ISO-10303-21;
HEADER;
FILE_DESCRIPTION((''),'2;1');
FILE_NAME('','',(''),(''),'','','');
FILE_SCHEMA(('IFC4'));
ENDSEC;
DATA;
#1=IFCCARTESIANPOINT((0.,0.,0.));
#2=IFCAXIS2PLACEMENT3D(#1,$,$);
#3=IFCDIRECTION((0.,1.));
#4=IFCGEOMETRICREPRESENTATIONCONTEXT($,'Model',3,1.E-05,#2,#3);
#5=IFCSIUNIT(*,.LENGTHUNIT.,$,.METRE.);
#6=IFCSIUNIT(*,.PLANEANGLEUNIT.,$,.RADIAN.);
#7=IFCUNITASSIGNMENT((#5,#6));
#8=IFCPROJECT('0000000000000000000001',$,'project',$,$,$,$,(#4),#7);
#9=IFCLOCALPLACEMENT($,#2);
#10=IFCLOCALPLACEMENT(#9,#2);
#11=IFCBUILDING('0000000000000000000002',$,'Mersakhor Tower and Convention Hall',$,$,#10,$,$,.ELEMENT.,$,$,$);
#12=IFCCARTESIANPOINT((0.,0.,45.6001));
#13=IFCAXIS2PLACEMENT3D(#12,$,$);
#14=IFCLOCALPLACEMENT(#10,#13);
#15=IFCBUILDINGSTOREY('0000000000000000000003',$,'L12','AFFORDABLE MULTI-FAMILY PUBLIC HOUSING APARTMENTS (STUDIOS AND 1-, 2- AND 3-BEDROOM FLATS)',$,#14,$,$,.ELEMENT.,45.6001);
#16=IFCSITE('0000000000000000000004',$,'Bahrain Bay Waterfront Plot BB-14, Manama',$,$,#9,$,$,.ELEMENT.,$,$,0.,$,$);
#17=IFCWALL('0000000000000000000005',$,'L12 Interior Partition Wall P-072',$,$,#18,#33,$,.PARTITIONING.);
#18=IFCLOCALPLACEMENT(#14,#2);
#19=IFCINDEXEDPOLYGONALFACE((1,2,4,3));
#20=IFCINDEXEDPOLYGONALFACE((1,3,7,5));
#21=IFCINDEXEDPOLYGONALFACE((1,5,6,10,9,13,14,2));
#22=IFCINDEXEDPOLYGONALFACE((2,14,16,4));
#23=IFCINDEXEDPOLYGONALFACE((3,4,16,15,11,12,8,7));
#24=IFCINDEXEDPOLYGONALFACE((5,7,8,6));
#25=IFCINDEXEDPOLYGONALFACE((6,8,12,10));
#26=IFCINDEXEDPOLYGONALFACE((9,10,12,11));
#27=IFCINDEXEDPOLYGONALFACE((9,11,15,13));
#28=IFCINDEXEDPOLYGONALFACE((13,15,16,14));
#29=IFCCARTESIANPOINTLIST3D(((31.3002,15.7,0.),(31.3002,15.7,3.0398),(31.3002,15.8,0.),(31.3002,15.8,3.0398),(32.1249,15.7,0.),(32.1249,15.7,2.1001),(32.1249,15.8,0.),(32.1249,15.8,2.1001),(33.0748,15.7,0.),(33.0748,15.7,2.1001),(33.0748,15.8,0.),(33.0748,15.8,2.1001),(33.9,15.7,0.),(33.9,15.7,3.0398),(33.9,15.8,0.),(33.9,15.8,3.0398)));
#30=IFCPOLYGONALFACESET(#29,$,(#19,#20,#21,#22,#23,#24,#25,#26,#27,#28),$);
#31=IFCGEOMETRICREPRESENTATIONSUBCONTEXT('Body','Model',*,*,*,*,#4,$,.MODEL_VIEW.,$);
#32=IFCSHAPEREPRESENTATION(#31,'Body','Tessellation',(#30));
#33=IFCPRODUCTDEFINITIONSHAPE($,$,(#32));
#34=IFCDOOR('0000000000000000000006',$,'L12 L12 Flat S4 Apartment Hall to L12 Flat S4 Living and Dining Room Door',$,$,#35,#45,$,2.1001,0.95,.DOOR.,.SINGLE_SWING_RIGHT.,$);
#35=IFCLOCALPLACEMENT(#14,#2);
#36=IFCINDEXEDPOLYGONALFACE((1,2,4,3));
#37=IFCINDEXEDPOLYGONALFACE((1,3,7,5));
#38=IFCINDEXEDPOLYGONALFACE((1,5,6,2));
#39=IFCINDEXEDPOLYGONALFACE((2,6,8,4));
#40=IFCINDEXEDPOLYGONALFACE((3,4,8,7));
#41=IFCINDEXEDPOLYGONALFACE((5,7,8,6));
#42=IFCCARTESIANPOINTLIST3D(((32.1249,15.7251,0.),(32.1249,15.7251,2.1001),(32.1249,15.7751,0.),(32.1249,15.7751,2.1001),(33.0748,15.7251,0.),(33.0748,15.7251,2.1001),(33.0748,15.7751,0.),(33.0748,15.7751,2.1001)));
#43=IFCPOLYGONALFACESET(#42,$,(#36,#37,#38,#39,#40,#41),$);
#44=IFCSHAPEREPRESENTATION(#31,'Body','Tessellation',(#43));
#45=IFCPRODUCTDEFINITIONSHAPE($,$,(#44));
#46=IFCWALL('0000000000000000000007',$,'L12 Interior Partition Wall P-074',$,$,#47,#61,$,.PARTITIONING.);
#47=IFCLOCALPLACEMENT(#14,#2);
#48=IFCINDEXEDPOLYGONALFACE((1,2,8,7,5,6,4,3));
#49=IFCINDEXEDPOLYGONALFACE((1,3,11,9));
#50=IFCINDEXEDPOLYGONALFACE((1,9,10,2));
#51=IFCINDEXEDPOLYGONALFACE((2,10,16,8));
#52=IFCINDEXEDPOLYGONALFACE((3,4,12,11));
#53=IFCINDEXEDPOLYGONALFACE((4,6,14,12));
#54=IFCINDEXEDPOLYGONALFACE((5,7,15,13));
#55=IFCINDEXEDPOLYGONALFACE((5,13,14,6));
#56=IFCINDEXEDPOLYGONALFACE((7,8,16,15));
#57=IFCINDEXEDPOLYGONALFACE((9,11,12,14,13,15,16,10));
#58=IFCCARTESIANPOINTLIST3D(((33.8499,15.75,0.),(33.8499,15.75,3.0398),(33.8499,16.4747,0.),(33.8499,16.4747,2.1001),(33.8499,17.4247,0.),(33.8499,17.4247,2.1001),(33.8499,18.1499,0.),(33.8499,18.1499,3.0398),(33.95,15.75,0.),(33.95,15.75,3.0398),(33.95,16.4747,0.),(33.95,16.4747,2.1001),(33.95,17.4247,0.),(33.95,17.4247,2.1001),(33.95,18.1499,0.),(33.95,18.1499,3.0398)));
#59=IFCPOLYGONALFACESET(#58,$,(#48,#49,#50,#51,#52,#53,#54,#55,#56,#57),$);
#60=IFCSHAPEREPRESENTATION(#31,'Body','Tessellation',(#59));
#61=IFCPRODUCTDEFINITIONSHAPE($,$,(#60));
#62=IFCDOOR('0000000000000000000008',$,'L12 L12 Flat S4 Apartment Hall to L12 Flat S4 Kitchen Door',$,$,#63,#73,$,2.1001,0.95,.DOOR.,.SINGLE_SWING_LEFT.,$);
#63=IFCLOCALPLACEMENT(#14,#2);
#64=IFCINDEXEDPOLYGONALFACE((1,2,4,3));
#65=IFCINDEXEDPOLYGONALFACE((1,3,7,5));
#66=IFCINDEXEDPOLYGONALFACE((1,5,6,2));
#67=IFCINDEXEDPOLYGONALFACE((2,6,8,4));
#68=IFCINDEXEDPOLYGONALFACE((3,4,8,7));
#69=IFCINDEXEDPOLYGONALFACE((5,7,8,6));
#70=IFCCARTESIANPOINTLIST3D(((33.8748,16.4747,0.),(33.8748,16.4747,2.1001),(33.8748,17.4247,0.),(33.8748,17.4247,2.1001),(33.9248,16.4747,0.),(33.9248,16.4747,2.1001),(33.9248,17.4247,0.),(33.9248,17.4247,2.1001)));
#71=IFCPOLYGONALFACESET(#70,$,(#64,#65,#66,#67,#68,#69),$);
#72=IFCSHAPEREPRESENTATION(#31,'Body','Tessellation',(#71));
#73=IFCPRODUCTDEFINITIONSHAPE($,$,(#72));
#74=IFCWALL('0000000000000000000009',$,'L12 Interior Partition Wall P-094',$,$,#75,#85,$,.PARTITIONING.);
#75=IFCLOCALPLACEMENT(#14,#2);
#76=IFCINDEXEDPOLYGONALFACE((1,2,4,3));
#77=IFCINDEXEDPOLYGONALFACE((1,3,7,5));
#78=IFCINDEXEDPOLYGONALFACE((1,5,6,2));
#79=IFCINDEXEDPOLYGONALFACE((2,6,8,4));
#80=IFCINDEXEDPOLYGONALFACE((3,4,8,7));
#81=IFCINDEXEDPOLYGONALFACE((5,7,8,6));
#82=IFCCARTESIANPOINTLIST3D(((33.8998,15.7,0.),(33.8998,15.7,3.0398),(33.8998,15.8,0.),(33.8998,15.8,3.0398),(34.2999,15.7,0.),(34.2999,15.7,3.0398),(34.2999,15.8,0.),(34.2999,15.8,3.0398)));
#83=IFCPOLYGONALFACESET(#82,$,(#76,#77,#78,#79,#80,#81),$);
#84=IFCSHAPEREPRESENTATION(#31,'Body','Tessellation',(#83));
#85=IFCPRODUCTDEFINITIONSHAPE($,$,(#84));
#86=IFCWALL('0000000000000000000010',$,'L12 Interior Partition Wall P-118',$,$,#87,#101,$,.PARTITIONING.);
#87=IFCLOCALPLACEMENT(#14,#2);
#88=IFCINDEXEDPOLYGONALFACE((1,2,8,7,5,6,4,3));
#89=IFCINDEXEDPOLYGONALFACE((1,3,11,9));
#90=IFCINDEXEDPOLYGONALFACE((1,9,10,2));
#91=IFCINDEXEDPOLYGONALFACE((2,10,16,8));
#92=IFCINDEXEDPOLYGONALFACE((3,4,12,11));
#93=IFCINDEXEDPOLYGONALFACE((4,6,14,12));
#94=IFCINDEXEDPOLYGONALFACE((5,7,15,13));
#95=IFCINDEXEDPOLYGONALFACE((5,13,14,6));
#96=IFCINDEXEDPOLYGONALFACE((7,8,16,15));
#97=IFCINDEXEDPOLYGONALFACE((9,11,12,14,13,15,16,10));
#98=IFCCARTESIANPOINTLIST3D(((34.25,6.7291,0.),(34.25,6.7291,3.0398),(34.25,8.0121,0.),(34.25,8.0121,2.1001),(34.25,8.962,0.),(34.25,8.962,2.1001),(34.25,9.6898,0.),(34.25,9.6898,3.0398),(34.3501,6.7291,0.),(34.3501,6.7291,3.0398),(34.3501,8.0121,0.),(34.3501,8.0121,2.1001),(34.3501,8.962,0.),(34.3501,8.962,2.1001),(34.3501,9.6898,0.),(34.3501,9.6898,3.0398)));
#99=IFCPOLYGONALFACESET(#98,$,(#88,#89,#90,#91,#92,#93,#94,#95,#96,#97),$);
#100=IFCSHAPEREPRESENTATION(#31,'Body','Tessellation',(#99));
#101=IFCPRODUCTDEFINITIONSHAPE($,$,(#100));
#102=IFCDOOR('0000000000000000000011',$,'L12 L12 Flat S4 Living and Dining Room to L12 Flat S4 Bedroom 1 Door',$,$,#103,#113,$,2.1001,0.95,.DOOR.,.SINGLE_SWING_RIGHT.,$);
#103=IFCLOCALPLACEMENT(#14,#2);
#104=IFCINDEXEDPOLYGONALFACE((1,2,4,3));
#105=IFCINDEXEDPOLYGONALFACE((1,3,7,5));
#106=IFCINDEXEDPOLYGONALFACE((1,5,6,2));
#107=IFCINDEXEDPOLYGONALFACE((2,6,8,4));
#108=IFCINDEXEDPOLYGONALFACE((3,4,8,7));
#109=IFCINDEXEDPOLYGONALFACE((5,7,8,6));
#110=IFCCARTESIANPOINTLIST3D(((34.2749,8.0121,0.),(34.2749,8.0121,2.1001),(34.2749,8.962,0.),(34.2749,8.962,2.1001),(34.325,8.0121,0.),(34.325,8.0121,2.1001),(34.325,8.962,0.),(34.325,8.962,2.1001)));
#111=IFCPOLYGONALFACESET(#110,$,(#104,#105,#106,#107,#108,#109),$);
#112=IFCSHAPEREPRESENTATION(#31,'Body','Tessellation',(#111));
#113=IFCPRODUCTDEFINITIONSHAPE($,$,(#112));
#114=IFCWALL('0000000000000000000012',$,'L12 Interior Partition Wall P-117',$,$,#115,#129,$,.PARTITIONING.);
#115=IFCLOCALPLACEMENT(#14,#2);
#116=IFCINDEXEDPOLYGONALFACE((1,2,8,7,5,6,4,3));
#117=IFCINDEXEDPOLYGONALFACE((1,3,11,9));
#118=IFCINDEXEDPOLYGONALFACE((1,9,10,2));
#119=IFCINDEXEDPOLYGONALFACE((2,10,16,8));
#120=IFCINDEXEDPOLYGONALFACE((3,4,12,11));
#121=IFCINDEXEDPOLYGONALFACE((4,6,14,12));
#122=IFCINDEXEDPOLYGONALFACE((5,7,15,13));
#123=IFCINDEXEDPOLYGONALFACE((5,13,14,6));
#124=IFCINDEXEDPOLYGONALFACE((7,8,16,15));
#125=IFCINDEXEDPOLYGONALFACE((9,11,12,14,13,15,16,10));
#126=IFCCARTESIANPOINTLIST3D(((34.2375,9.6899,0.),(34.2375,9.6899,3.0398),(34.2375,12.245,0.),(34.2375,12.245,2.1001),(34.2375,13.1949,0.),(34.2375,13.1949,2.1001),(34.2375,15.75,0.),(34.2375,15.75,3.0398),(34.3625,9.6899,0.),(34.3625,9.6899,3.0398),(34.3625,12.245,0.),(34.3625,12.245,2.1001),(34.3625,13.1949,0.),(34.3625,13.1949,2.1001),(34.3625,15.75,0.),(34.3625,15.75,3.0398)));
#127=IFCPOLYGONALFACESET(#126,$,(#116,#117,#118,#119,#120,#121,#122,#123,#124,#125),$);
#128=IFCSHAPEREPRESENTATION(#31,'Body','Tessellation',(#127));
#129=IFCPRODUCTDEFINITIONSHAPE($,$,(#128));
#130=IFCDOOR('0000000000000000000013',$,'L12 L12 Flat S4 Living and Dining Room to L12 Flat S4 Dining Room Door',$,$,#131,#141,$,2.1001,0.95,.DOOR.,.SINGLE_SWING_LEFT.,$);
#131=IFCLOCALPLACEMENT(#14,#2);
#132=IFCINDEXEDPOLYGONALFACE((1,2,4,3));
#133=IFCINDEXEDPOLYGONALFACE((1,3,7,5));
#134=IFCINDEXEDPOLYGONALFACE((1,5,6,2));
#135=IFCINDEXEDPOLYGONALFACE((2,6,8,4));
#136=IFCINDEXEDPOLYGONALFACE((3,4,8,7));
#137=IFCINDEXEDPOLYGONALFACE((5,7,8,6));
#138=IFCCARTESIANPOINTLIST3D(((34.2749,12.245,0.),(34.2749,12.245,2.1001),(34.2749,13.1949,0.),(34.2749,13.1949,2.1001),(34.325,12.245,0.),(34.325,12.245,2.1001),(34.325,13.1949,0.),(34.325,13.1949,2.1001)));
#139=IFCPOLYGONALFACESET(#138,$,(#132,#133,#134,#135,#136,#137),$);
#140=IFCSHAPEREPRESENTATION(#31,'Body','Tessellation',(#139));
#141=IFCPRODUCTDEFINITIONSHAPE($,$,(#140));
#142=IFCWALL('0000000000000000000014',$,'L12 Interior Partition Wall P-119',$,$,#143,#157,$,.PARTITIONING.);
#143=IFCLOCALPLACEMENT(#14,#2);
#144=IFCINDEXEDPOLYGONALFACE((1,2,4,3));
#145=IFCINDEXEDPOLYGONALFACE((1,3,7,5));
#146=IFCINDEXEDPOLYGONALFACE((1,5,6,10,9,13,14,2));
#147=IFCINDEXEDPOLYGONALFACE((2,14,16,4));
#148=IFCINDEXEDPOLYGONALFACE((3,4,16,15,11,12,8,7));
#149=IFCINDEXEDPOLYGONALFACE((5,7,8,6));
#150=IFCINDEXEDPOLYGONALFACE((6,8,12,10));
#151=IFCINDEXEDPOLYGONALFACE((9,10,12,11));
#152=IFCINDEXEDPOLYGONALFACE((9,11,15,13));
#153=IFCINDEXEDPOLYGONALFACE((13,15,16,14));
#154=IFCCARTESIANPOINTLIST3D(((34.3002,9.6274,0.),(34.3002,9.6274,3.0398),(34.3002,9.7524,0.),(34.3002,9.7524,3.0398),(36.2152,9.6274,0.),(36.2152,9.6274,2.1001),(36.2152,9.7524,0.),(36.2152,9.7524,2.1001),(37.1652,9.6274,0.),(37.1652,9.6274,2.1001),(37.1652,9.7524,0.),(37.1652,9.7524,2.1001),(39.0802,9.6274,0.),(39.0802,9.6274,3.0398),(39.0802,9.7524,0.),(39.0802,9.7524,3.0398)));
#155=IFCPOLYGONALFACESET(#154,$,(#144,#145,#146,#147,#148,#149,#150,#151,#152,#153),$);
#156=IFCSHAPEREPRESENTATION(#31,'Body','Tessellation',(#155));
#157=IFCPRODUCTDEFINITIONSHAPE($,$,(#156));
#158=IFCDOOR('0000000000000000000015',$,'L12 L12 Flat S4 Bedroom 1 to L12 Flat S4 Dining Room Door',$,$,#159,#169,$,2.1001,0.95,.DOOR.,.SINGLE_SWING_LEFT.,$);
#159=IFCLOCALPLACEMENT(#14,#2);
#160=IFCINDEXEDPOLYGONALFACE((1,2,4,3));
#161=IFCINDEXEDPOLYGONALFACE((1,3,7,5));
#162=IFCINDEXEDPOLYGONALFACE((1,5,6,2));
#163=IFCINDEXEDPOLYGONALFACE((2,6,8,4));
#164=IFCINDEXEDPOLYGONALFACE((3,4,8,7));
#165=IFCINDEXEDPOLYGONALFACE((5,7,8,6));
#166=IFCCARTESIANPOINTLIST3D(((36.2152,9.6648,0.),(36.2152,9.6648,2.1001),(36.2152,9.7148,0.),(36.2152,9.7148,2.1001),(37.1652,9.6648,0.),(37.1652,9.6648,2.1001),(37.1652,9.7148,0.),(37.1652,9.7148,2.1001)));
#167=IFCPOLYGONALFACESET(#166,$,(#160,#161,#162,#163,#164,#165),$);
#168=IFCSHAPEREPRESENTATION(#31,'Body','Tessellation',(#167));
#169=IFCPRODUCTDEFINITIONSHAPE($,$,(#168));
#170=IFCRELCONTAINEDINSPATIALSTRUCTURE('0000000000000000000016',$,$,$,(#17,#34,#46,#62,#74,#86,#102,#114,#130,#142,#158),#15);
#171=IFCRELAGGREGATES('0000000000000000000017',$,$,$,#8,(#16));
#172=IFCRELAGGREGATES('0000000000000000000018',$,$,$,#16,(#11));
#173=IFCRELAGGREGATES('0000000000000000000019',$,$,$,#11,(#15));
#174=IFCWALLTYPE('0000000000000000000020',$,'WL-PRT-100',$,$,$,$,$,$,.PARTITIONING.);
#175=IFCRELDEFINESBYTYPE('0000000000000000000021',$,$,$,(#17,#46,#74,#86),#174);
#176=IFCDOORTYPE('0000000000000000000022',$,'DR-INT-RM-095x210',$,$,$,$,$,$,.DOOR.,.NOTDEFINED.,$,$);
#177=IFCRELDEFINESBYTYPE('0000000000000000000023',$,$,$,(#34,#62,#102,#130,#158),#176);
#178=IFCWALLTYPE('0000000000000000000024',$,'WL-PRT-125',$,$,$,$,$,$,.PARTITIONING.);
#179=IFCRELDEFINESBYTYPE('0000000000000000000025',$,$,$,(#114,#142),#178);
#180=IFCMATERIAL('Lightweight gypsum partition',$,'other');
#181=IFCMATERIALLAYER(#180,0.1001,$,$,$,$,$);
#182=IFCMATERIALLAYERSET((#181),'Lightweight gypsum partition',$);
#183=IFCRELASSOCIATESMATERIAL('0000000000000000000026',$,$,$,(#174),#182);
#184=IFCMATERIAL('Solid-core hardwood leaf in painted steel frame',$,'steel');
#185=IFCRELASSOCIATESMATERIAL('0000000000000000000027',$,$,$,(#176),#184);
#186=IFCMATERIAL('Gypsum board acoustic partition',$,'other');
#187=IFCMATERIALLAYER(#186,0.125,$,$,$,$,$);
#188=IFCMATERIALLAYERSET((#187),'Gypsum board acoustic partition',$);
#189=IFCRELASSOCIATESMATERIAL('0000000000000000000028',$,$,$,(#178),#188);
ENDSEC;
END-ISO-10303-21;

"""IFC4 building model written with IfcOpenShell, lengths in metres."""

from ifc_helpers import new_model, si_unit, direction, frame, frame_2d, origin, place, context, subcontext, project, spatial, rectangle, extrude, material, layer, layer_set, type_object, element, fill, save


model = new_model("IFC4")

# Units and contexts
model_context = context("Model", 3, precision=1e-05, world=origin(), true_north=direction((0.0, 1.0)))
body_context = subcontext(model_context, "Body", "Model", "MODEL_VIEW")
ifc_project = project(units=[si_unit("LENGTHUNIT", "METRE"), si_unit("PLANEANGLEUNIT", "RADIAN")], contexts=[model_context])

# Site, building, storey
site_placement = place(None, origin())
site = spatial("IfcSite", under=ifc_project, at=site_placement, Name="Bahrain Bay Waterfront Plot BB-14, Manama", CompositionType="ELEMENT", RefElevation=0.0)
building_placement = place(site_placement, origin())
building = spatial("IfcBuilding", under=site, at=building_placement, Name="Mersakhor Tower and Convention Hall", CompositionType="ELEMENT")
storey_placement = place(building_placement, frame((0.0, 0.0, 45.6001)))
storey = spatial("IfcBuildingStorey", under=building, at=storey_placement, Name="L12", Description="AFFORDABLE MULTI-FAMILY PUBLIC HOUSING APARTMENTS (STUDIOS AND 1-, 2- AND 3-BEDROOM FLATS)", CompositionType="ELEMENT", Elevation=45.6001)

# Walls, openings, doors
ifc_material_1 = material(Name="Lightweight gypsum partition", Category="other")
ifc_layer_1 = layer(ifc_material_1, 0.1001)
ifc_layer_set_1 = layer_set([ifc_layer_1], Name="Lightweight gypsum partition")
wall_type_1 = type_object("IfcWallType", Name="WL-PRT-100", PredefinedType="PARTITIONING", material=ifc_layer_set_1)
wall_1_placement = place(storey_placement, frame((33.8999, 15.75, 0.0), z_axis=(0.0, 0.0, 1.0), x_axis=(-1.0, 0.0, 0.0)))
wall_1 = element("IfcWall", 1, at=wall_1_placement, inside=storey, type_object=wall_type_1, Name="L12 Interior Partition Wall P-072", PredefinedType="PARTITIONING", context=body_context, shape_type="SweptSolid", body=[
    extrude(rectangle(XDim=2.5999, YDim=0.1001, at=frame_2d((1.2998, 0.0))), origin(), (0.0, 0.0, 1.0), 3.0398),
])
opening_1_placement = place(wall_1_placement, frame((0.825, 0.0, 0.0)))
opening_1 = element("IfcOpeningElement", 2, at=opening_1_placement, cuts=wall_1, PredefinedType="OPENING", context=body_context, shape_type="SweptSolid", body=[
    extrude(rectangle(XDim=0.95, YDim=2.1001, at=frame_2d((0.4751, 1.05))), frame((0.0, 0.0601, 0.0), z_axis=(0.0, -1.0, 0.0), x_axis=(1.0, 0.0, 0.0)), (0.0, 0.0, 1.0), 0.1201),
])
ifc_material_2 = material(Name="Solid-core hardwood leaf in painted steel frame", Category="steel")
door_type_1 = type_object("IfcDoorType", Name="DR-INT-RM-095x210", OperationType="NOTDEFINED", PredefinedType="DOOR", material=ifc_material_2)
door_1_placement = place(opening_1_placement, origin())
door_1 = element("IfcDoor", 3, at=door_1_placement, inside=storey, type_object=door_type_1, Name="L12 L12 Flat S4 Apartment Hall to L12 Flat S4 Living and Dining Room Door", OperationType="SINGLE_SWING_RIGHT", OverallHeight=2.1001, OverallWidth=0.95, PredefinedType="DOOR", context=body_context, shape_type="SweptSolid", body=[
    extrude(rectangle(XDim=0.95, YDim=2.1001, at=frame_2d((0.4751, 1.05))), frame((0.0, 0.0249, 0.0), z_axis=(0.0, -1.0, 0.0), x_axis=(1.0, 0.0, 0.0)), (0.0, 0.0, 1.0), 0.05),
])
fill(opening_1, door_1)
wall_2_placement = place(storey_placement, frame((33.8999, 18.1499, 0.0), z_axis=(0.0, 0.0, 1.0), x_axis=(0.0, -1.0, 0.0)))
wall_2 = element("IfcWall", 4, at=wall_2_placement, inside=storey, type_object=wall_type_1, Name="L12 Interior Partition Wall P-074", PredefinedType="PARTITIONING", context=body_context, shape_type="SweptSolid", body=[
    extrude(rectangle(XDim=2.3999, YDim=0.1001, at=frame_2d((1.2, 0.0))), origin(), (0.0, 0.0, 1.0), 3.0398),
])
opening_2_placement = place(wall_2_placement, frame((0.7251, 0.0, 0.0)))
opening_2 = element("IfcOpeningElement", 5, at=opening_2_placement, cuts=wall_2, PredefinedType="OPENING", context=body_context, shape_type="SweptSolid", body=[
    extrude(rectangle(XDim=0.95, YDim=2.1001, at=frame_2d((0.4751, 1.05))), frame((0.0, 0.0601, 0.0), z_axis=(0.0, -1.0, 0.0), x_axis=(1.0, 0.0, 0.0)), (0.0, 0.0, 1.0), 0.1201),
])
door_2_placement = place(opening_2_placement, origin())
door_2 = element("IfcDoor", 6, at=door_2_placement, inside=storey, type_object=door_type_1, Name="L12 L12 Flat S4 Apartment Hall to L12 Flat S4 Kitchen Door", OperationType="SINGLE_SWING_LEFT", OverallHeight=2.1001, OverallWidth=0.95, PredefinedType="DOOR", context=body_context, shape_type="SweptSolid", body=[
    extrude(rectangle(XDim=0.95, YDim=2.1001, at=frame_2d((0.4751, 1.05))), frame((0.0, 0.0249, 0.0), z_axis=(0.0, -1.0, 0.0), x_axis=(1.0, 0.0, 0.0)), (0.0, 0.0, 1.0), 0.05),
])
fill(opening_2, door_2)

# Wall
wall_3_placement = place(storey_placement, frame((34.3, 15.75, 0.0), z_axis=(0.0, 0.0, 1.0), x_axis=(-1.0, 0.0, 0.0)))
element("IfcWall", 7, at=wall_3_placement, inside=storey, type_object=wall_type_1, Name="L12 Interior Partition Wall P-094", PredefinedType="PARTITIONING", context=body_context, shape_type="SweptSolid", body=[
    extrude(rectangle(XDim=0.4001, YDim=0.1001, at=frame_2d((0.2002, 0.0))), origin(), (0.0, 0.0, 1.0), 3.0398),
])

# Walls, openings, doors
wall_4_placement = place(storey_placement, frame((34.3, 9.6899, 0.0), z_axis=(0.0, 0.0, 1.0), x_axis=(0.0, -1.0, 0.0)))
wall_4 = element("IfcWall", 8, at=wall_4_placement, inside=storey, type_object=wall_type_1, Name="L12 Interior Partition Wall P-118", PredefinedType="PARTITIONING", context=body_context, shape_type="SweptSolid", body=[
    extrude(rectangle(XDim=2.9607, YDim=0.1001, at=frame_2d((1.4805, 0.0))), origin(), (0.0, 0.0, 1.0), 3.0398),
])
opening_3_placement = place(wall_4_placement, frame((0.7278, 0.0, 0.0)))
opening_3 = element("IfcOpeningElement", 9, at=opening_3_placement, cuts=wall_4, PredefinedType="OPENING", context=body_context, shape_type="SweptSolid", body=[
    extrude(rectangle(XDim=0.95, YDim=2.1001, at=frame_2d((0.4751, 1.05))), frame((0.0, 0.0601, 0.0), z_axis=(0.0, -1.0, 0.0), x_axis=(1.0, 0.0, 0.0)), (0.0, 0.0, 1.0), 0.1201),
])
door_3_placement = place(opening_3_placement, origin())
door_3 = element("IfcDoor", 10, at=door_3_placement, inside=storey, type_object=door_type_1, Name="L12 L12 Flat S4 Living and Dining Room to L12 Flat S4 Bedroom 1 Door", OperationType="SINGLE_SWING_RIGHT", OverallHeight=2.1001, OverallWidth=0.95, PredefinedType="DOOR", context=body_context, shape_type="SweptSolid", body=[
    extrude(rectangle(XDim=0.95, YDim=2.1001, at=frame_2d((0.4751, 1.05))), frame((0.0, 0.0249, 0.0), z_axis=(0.0, -1.0, 0.0), x_axis=(1.0, 0.0, 0.0)), (0.0, 0.0, 1.0), 0.05),
])
fill(opening_3, door_3)
ifc_material_3 = material(Name="Gypsum board acoustic partition", Category="other")
ifc_layer_2 = layer(ifc_material_3, 0.125)
ifc_layer_set_2 = layer_set([ifc_layer_2], Name="Gypsum board acoustic partition")
wall_type_2 = type_object("IfcWallType", Name="WL-PRT-125", PredefinedType="PARTITIONING", material=ifc_layer_set_2)
wall_5_placement = place(storey_placement, frame((34.3, 15.75, 0.0), z_axis=(0.0, 0.0, 1.0), x_axis=(0.0, -1.0, 0.0)))
wall_5 = element("IfcWall", 11, at=wall_5_placement, inside=storey, type_object=wall_type_2, Name="L12 Interior Partition Wall P-117", PredefinedType="PARTITIONING", context=body_context, shape_type="SweptSolid", body=[
    extrude(rectangle(XDim=6.0601, YDim=0.125, at=frame_2d((3.03, 0.0))), origin(), (0.0, 0.0, 1.0), 3.0398),
])
opening_4_placement = place(wall_5_placement, frame((2.5549, 0.0, 0.0)))
opening_4 = element("IfcOpeningElement", 12, at=opening_4_placement, cuts=wall_5, PredefinedType="OPENING", context=body_context, shape_type="SweptSolid", body=[
    extrude(rectangle(XDim=0.95, YDim=2.1001, at=frame_2d((0.4751, 1.05))), frame((0.0, 0.0725, 0.0), z_axis=(0.0, -1.0, 0.0), x_axis=(1.0, 0.0, 0.0)), (0.0, 0.0, 1.0), 0.145),
])
door_4_placement = place(opening_4_placement, origin())
door_4 = element("IfcDoor", 13, at=door_4_placement, inside=storey, type_object=door_type_1, Name="L12 L12 Flat S4 Living and Dining Room to L12 Flat S4 Dining Room Door", OperationType="SINGLE_SWING_LEFT", OverallHeight=2.1001, OverallWidth=0.95, PredefinedType="DOOR", context=body_context, shape_type="SweptSolid", body=[
    extrude(rectangle(XDim=0.95, YDim=2.1001, at=frame_2d((0.4751, 1.05))), frame((0.0, 0.0249, 0.0), z_axis=(0.0, -1.0, 0.0), x_axis=(1.0, 0.0, 0.0)), (0.0, 0.0, 1.0), 0.05),
])
fill(opening_4, door_4)
wall_6_placement = place(storey_placement, frame((34.3, 9.6899, 0.0), z_axis=(0.0, 0.0, 1.0), x_axis=(1.0, 0.0, 0.0)))
wall_6 = element("IfcWall", 14, at=wall_6_placement, inside=storey, type_object=wall_type_2, Name="L12 Interior Partition Wall P-119", PredefinedType="PARTITIONING", context=body_context, shape_type="SweptSolid", body=[
    extrude(rectangle(XDim=4.78, YDim=0.125, at=frame_2d((2.3901, 0.0))), origin(), (0.0, 0.0, 1.0), 3.0398),
])
opening_5_placement = place(wall_6_placement, frame((1.915, 0.0, 0.0)))
opening_5 = element("IfcOpeningElement", 15, at=opening_5_placement, cuts=wall_6, PredefinedType="OPENING", context=body_context, shape_type="SweptSolid", body=[
    extrude(rectangle(XDim=0.95, YDim=2.1001, at=frame_2d((0.4751, 1.05))), frame((0.0, 0.0725, 0.0), z_axis=(0.0, -1.0, 0.0), x_axis=(1.0, 0.0, 0.0)), (0.0, 0.0, 1.0), 0.145),
])
door_5_placement = place(opening_5_placement, origin())
door_5 = element("IfcDoor", 16, at=door_5_placement, inside=storey, type_object=door_type_1, Name="L12 L12 Flat S4 Bedroom 1 to L12 Flat S4 Dining Room Door", OperationType="SINGLE_SWING_LEFT", OverallHeight=2.1001, OverallWidth=0.95, PredefinedType="DOOR", context=body_context, shape_type="SweptSolid", body=[
    extrude(rectangle(XDim=0.95, YDim=2.1001, at=frame_2d((0.4751, 1.05))), frame((0.0, 0.0249, 0.0), z_axis=(0.0, -1.0, 0.0), x_axis=(1.0, 0.0, 0.0)), (0.0, 0.0, 1.0), 0.05),
])
fill(opening_5, door_5)

save(model, "model.ifc")
